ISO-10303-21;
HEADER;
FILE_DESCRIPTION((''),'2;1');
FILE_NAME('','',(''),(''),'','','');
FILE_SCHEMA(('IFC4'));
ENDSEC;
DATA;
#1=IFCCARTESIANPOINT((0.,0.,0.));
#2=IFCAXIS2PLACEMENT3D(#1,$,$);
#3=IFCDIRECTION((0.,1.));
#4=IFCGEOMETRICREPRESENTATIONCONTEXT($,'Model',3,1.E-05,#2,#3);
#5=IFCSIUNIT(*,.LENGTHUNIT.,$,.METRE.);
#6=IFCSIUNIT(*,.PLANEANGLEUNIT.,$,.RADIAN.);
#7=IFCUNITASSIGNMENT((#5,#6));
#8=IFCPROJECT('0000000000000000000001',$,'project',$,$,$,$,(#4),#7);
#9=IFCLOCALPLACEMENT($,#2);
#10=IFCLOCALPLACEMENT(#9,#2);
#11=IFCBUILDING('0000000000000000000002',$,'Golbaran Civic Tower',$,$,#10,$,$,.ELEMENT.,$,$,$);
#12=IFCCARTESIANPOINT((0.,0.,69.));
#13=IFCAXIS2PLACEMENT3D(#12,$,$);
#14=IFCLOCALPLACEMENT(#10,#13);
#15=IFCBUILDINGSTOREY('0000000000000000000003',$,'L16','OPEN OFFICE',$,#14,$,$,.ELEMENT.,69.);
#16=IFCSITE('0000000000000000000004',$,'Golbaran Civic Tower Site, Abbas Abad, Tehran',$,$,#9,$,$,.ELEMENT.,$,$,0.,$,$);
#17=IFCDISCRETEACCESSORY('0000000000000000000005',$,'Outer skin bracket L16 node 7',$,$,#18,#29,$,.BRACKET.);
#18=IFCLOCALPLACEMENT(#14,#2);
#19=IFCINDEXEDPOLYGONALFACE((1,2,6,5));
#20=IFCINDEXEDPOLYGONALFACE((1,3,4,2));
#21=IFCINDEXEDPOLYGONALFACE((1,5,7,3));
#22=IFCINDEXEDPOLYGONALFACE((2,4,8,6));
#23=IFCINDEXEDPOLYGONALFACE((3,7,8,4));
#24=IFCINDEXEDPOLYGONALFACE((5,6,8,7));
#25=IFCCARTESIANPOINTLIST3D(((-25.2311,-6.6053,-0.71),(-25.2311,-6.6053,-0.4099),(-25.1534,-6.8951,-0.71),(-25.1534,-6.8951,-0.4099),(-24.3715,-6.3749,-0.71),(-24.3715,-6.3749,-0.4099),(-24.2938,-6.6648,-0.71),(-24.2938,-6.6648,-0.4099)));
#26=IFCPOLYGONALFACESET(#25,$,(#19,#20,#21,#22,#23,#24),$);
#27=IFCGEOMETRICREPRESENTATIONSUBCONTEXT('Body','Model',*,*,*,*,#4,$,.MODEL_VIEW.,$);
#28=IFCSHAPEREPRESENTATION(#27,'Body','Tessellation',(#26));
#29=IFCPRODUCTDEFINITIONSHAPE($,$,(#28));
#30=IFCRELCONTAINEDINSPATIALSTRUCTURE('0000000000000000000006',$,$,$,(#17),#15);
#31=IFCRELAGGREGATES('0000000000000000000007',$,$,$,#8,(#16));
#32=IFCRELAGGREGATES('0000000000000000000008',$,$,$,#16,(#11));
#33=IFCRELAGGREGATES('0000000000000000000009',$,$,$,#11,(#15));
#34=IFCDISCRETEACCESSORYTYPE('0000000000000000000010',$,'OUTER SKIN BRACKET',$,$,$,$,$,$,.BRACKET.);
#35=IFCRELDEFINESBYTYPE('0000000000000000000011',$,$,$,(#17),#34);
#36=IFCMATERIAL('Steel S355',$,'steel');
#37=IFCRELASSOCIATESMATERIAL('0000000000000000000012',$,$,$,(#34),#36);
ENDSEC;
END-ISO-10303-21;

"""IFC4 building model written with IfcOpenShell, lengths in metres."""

from ifc_helpers import new_model, si_unit, direction, frame, origin, origin_2d, place, context, subcontext, project, spatial, rectangle, extrude, material, type_object, element, save


model = new_model("IFC4")

# Units and contexts
model_context = context("Model", 3, precision=1e-05, world=origin(), true_north=direction((0.0, 1.0)))
body_context = subcontext(model_context, "Body", "Model", "MODEL_VIEW")
ifc_project = project(units=[si_unit("LENGTHUNIT", "METRE"), si_unit("PLANEANGLEUNIT", "RADIAN")], contexts=[model_context])

# Site, building, storey
site_placement = place(None, origin())
site = spatial("IfcSite", under=ifc_project, at=site_placement, Name="Golbaran Civic Tower Site, Abbas Abad, Tehran", CompositionType="ELEMENT", RefElevation=0.0)
building_placement = place(site_placement, origin())
building = spatial("IfcBuilding", under=site, at=building_placement, Name="Golbaran Civic Tower", CompositionType="ELEMENT")
storey_placement = place(building_placement, frame((0.0, 0.0, 69.0)))
storey = spatial("IfcBuildingStorey", under=building, at=storey_placement, Name="L16", Description="OPEN OFFICE", CompositionType="ELEMENT", Elevation=69.0)

# Shared definitions
ifc_material_1 = material(Name="Steel S355", Category="steel")

# Discrete accessory
discrete_accessory_type = type_object("IfcDiscreteAccessoryType", Name="OUTER SKIN BRACKET", PredefinedType="BRACKET", material=ifc_material_1)
discrete_accessory_placement = place(storey_placement, frame((-24.7625, -6.635, -0.71), z_axis=(0.0, 0.0, 1.0), x_axis=(-0.965926, -0.258819, 0.0)))
element("IfcDiscreteAccessory", 1, at=discrete_accessory_placement, inside=storey, type_object=discrete_accessory_type, Name="Outer skin bracket L16 node 7", PredefinedType="BRACKET", context=body_context, shape_type="SweptSolid", body=[
    extrude(rectangle(XDim=0.8899, YDim=0.3, at=origin_2d()), origin(), (0.0, 0.0, 1.0), 0.3),
])

save(model, "model.ifc")
